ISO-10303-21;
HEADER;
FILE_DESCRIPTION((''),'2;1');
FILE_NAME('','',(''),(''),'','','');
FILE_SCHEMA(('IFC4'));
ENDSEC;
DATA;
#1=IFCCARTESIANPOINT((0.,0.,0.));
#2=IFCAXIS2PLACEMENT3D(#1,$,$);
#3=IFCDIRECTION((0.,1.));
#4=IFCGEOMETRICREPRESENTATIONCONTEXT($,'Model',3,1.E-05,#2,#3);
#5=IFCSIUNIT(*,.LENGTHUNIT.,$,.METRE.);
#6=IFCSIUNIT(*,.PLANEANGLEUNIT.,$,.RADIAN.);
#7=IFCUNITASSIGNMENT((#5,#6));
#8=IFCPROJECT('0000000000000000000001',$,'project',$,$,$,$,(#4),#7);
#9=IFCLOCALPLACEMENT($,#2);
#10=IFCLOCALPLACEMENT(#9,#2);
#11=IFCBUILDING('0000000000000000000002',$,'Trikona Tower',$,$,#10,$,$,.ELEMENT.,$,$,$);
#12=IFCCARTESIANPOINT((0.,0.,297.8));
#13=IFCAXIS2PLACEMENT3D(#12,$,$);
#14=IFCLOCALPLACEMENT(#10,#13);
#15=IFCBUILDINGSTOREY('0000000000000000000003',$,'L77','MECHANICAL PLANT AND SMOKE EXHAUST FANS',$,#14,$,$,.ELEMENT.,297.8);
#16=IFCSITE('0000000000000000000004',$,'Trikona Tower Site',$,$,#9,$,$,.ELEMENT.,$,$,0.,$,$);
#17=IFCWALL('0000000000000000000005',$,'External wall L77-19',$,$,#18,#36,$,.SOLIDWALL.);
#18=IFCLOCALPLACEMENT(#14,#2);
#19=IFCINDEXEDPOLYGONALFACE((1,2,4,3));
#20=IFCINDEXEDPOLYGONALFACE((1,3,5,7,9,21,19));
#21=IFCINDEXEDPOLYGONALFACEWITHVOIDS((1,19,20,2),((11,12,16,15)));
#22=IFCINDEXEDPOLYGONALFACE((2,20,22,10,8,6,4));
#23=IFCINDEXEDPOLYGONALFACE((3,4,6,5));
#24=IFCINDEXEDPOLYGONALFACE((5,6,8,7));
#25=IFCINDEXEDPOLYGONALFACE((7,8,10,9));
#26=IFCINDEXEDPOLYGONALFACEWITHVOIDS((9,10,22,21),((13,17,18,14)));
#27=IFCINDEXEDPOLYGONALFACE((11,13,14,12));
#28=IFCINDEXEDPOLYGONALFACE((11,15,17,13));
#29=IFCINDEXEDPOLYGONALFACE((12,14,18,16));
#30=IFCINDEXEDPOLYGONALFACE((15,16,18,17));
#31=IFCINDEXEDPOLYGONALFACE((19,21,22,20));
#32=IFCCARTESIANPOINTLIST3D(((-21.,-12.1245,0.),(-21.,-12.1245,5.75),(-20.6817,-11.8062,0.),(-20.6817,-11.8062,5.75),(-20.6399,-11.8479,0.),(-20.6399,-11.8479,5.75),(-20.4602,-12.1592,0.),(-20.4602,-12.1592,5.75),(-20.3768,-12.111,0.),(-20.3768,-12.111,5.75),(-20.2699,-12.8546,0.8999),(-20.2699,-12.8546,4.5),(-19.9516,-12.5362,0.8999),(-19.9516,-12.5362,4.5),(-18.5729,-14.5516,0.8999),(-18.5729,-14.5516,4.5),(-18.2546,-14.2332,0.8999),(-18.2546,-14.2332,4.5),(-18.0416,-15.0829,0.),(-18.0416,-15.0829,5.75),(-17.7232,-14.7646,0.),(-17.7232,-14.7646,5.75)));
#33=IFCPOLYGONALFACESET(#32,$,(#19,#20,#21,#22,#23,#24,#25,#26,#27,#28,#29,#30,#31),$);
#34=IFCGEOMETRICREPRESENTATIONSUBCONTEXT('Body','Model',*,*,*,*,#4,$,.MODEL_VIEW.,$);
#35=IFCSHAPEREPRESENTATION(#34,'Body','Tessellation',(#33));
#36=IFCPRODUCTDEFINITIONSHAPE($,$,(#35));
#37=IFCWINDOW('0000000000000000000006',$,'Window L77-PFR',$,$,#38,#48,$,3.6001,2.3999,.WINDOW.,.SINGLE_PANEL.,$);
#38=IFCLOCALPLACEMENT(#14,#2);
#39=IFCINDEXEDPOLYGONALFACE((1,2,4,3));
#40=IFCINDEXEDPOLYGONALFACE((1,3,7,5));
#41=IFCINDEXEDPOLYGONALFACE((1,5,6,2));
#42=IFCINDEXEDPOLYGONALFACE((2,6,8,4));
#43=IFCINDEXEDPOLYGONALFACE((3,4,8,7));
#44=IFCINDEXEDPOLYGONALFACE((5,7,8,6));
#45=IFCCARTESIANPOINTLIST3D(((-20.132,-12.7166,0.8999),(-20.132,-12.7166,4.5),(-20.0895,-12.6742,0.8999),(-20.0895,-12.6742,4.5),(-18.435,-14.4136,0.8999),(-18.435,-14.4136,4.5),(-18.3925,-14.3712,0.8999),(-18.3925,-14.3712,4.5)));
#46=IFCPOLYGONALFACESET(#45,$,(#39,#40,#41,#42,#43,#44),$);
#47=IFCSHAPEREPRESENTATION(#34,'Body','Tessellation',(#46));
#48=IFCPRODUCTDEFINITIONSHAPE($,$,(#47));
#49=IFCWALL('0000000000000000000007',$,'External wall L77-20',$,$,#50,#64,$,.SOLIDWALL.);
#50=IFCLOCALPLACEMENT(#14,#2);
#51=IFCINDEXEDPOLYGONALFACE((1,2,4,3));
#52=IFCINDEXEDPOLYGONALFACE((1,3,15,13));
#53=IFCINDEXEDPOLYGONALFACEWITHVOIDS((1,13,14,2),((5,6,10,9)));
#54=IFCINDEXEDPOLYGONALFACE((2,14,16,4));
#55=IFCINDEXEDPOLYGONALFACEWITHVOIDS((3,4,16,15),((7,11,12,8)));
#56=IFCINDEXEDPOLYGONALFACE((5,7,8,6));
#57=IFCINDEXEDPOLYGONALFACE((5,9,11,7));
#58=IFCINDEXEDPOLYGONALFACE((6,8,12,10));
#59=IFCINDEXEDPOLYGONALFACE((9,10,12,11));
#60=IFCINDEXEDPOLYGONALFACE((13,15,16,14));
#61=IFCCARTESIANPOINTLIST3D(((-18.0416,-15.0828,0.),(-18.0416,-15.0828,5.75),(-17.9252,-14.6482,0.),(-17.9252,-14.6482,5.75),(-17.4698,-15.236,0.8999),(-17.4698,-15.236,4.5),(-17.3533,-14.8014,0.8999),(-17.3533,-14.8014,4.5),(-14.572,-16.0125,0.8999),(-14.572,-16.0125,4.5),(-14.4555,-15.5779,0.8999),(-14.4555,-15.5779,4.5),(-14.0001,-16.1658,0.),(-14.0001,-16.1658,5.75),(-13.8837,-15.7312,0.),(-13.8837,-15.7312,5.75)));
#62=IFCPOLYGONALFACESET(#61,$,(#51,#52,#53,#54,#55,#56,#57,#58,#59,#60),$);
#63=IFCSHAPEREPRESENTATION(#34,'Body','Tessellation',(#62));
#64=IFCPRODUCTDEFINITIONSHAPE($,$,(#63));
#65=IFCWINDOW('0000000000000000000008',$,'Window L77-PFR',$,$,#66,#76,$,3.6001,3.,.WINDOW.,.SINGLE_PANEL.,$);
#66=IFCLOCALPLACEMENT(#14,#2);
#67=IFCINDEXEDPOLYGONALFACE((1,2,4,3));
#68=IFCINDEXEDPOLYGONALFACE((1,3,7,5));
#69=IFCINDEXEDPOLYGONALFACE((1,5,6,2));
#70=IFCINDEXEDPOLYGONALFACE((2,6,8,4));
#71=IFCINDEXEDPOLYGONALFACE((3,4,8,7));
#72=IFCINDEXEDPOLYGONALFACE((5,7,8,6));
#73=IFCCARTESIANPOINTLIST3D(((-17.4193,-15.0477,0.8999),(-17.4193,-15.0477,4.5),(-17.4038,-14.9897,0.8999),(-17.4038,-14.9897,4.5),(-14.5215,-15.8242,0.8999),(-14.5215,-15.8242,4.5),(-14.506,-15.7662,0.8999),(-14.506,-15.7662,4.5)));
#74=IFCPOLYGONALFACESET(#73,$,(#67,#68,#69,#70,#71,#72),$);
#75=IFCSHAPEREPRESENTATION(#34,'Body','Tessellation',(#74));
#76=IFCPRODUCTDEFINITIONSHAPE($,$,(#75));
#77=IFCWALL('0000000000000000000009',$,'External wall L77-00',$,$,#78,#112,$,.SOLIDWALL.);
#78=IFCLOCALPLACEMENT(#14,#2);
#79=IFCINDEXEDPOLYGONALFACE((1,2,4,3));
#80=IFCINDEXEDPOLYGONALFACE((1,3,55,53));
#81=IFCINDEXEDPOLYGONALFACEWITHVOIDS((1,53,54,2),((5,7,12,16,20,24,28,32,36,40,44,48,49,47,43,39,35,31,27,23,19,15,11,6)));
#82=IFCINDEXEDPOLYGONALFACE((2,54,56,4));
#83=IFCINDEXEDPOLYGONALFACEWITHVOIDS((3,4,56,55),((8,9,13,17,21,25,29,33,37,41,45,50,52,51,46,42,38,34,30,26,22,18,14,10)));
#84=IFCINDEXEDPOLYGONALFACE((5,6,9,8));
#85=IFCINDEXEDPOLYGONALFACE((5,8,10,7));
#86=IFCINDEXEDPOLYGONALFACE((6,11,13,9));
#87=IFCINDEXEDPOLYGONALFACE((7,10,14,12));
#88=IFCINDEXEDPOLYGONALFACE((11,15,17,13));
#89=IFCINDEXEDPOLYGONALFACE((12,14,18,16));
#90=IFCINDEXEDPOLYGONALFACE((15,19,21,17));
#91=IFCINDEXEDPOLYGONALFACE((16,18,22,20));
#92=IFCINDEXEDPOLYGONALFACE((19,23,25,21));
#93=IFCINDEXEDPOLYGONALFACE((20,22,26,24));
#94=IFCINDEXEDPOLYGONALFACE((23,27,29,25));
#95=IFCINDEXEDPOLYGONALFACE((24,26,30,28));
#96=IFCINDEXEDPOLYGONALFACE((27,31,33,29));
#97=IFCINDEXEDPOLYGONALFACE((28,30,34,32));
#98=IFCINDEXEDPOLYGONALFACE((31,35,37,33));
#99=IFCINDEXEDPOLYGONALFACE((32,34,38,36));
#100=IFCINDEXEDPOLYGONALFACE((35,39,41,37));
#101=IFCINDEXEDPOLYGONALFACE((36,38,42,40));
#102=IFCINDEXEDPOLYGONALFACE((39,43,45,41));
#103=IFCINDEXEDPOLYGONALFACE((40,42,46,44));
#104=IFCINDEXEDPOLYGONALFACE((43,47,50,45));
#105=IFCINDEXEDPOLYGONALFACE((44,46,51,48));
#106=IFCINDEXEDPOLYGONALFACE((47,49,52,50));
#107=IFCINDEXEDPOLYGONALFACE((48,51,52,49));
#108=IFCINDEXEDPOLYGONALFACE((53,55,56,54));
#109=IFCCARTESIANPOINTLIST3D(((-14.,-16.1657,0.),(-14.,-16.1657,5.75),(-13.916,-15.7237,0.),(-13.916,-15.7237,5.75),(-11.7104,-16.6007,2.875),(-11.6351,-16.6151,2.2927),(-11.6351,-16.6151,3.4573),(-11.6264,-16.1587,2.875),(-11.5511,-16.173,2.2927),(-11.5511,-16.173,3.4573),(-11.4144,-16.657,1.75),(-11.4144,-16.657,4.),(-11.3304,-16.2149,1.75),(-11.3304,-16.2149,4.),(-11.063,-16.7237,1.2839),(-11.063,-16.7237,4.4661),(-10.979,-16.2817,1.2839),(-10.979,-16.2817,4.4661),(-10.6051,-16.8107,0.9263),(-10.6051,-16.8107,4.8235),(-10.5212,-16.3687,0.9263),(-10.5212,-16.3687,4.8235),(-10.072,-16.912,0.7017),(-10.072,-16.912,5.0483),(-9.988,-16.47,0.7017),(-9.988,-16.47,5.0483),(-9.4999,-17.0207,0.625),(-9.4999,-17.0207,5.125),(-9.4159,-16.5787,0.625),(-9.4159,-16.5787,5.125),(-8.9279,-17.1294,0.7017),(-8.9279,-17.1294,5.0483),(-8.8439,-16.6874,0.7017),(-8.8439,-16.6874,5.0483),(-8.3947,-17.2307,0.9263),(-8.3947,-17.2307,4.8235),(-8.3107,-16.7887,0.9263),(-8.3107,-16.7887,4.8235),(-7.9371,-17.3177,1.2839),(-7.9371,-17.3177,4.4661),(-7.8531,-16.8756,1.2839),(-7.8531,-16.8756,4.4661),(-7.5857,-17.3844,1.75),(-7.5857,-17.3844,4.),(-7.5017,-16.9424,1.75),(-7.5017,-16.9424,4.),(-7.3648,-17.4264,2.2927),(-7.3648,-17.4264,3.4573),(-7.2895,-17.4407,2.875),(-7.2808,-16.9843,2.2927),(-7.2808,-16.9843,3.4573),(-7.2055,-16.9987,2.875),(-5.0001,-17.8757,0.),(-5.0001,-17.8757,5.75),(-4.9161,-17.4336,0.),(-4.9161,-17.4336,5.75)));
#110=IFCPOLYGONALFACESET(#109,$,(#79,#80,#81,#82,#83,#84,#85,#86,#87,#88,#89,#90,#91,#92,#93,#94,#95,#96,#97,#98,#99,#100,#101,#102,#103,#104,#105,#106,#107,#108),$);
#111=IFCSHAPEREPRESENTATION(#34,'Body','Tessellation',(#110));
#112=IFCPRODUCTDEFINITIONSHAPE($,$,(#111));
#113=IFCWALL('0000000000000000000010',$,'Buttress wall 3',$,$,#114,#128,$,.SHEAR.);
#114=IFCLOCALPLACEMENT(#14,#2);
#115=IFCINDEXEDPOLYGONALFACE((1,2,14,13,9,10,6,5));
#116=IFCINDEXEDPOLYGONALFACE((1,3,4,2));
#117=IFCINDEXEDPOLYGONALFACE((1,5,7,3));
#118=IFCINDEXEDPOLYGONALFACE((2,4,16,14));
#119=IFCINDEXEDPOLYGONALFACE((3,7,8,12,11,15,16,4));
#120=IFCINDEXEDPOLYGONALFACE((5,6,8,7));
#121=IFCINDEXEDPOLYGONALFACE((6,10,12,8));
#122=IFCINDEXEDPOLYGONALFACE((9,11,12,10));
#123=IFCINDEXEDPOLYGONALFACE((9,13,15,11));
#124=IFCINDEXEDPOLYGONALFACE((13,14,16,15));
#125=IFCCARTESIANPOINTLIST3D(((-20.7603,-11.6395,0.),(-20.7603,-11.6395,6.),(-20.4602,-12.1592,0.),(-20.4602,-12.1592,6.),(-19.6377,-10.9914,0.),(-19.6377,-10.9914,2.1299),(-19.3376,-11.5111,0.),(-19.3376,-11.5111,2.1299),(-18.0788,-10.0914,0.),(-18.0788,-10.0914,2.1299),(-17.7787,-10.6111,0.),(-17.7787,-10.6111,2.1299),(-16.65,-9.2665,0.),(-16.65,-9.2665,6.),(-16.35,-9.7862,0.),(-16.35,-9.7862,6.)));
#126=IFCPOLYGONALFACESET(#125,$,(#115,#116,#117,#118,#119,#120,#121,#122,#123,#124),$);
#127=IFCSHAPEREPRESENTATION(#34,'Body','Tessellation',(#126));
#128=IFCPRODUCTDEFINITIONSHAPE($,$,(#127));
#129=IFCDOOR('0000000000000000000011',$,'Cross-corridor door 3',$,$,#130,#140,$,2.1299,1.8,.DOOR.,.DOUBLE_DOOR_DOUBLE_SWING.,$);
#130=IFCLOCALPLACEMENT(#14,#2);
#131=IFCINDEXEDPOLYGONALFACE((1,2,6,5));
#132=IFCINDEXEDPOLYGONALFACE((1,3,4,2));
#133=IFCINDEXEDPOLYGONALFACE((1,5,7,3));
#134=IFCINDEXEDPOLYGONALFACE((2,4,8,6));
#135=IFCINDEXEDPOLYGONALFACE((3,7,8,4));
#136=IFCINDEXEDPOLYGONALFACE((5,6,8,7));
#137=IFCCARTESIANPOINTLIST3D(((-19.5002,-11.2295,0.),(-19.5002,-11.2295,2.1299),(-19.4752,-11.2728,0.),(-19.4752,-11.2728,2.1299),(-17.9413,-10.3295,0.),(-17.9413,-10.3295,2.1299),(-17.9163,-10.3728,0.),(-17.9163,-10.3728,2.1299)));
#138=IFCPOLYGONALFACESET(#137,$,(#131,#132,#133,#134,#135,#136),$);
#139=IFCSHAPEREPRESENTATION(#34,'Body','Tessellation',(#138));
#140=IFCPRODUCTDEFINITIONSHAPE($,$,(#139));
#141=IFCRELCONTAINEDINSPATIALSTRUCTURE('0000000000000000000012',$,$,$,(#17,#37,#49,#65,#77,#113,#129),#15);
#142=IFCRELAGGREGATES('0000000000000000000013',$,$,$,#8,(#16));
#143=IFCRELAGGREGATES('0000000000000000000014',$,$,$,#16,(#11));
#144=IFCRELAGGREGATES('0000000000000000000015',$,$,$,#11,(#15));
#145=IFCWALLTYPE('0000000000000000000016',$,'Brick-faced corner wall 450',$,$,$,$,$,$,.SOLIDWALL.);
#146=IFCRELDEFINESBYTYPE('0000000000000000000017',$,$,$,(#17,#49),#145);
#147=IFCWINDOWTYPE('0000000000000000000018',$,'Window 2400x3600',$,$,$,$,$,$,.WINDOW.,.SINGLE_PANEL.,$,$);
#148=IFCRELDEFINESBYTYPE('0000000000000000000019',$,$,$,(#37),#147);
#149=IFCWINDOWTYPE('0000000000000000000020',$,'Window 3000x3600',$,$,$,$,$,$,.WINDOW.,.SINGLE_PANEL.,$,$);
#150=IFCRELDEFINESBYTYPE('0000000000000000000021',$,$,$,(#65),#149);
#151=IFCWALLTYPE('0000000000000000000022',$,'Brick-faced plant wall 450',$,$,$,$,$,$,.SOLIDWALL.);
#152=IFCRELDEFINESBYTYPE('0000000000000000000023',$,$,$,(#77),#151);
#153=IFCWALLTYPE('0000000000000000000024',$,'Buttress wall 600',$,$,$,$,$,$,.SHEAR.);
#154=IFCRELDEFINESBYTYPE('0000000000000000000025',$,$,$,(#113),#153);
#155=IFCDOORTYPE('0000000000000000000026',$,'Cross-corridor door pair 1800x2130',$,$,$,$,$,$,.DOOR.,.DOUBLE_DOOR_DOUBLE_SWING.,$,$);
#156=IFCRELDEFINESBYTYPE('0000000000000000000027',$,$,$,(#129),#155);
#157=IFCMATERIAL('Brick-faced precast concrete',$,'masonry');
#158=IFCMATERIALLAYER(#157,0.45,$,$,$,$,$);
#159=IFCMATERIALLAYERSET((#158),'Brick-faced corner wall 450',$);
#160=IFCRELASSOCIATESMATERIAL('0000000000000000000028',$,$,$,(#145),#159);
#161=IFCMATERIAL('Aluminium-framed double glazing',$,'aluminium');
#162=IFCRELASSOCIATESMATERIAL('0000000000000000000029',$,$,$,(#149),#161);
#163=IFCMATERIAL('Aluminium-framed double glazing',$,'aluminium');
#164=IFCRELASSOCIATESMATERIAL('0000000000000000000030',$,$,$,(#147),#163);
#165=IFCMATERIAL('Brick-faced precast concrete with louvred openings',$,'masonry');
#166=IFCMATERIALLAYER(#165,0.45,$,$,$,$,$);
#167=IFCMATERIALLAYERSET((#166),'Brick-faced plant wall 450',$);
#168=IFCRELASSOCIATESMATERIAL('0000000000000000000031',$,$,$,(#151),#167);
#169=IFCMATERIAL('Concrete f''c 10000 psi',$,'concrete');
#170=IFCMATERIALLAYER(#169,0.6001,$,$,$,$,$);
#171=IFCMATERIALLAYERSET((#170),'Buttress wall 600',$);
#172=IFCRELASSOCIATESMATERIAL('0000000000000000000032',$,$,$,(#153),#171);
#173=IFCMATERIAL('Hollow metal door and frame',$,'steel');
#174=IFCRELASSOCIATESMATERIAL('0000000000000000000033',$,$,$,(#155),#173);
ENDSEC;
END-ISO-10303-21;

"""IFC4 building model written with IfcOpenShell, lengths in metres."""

from ifc_helpers import new_model, si_unit, direction, frame, frame_2d, origin, place, context, subcontext, project, spatial, polyline, rectangle, outline, extrude, material, layer, layer_set, type_object, element, fill, save


model = new_model("IFC4")

# Units and contexts
model_context = context("Model", 3, precision=1e-05, world=origin(), true_north=direction((0.0, 1.0)))
body_context = subcontext(model_context, "Body", "Model", "MODEL_VIEW")
ifc_project = project(units=[si_unit("LENGTHUNIT", "METRE"), si_unit("PLANEANGLEUNIT", "RADIAN")], contexts=[model_context])

# Site, building, storey
site_placement = place(None, origin())
site = spatial("IfcSite", under=ifc_project, at=site_placement, Name="Trikona Tower Site", CompositionType="ELEMENT", RefElevation=0.0)
building_placement = place(site_placement, origin())
building = spatial("IfcBuilding", under=site, at=building_placement, Name="Trikona Tower", CompositionType="ELEMENT")
storey_placement = place(building_placement, frame((0.0, 0.0, 297.8)))
storey = spatial("IfcBuildingStorey", under=building, at=storey_placement, Name="L77", Description="MECHANICAL PLANT AND SMOKE EXHAUST FANS", CompositionType="ELEMENT", Elevation=297.8)

# Walls, openings, windows
ifc_material_1 = material(Name="Brick-faced precast concrete", Category="masonry")
ifc_layer_1 = layer(ifc_material_1, 0.45)
ifc_layer_set_1 = layer_set([ifc_layer_1], Name="Brick-faced corner wall 450")
wall_type_1 = type_object("IfcWallType", Name="Brick-faced corner wall 450", PredefinedType="SOLIDWALL", material=ifc_layer_set_1)
ifc_material_2 = material(Name="Aluminium-framed double glazing", Category="aluminium")
window_type_1 = type_object("IfcWindowType", Name="Window 3000x3600", PartitioningType="SINGLE_PANEL", PredefinedType="WINDOW", material=ifc_material_2)
ifc_material_3 = material(Name="Aluminium-framed double glazing", Category="aluminium")
window_type_2 = type_object("IfcWindowType", Name="Window 2400x3600", PartitioningType="SINGLE_PANEL", PredefinedType="WINDOW", material=ifc_material_3)
wall_1_placement = place(storey_placement, frame((-20.8408, -11.9653, 0.0), z_axis=(0.0, 0.0, 1.0), x_axis=(0.707107, -0.707107, 0.0)))
wall_1 = element("IfcWall", 1, at=wall_1_placement, inside=storey, type_object=wall_type_1, Name="External wall L77-19", PredefinedType="SOLIDWALL", context=body_context, shape_type="SweptSolid", body=[
    extrude(outline(polyline([(4.1838, 0.2251), (0.4312, 0.2251), (0.4062, 0.1321), (0.0591, 0.2251), (0.0, 0.2251), (0.0, -0.2251), (4.1838, -0.2251), (4.1838, 0.2251)])), origin(), (0.0, 0.0, 1.0), 5.75),
])
opening_1_placement = place(wall_1_placement, frame((1.0325, 0.0, 0.8999)))
opening_1 = element("IfcOpeningElement", 2, at=opening_1_placement, cuts=wall_1, PredefinedType="OPENING", context=body_context, shape_type="SweptSolid", body=[
    extrude(rectangle(XDim=2.3999, YDim=3.6001, at=frame_2d((1.2, 1.8))), frame((0.0, 0.2349, 0.0), z_axis=(0.0, -1.0, 0.0), x_axis=(1.0, 0.0, 0.0)), (0.0, 0.0, 1.0), 0.47),
])
window_1_placement = place(opening_1_placement, origin())
window_1 = element("IfcWindow", 3, at=window_1_placement, inside=storey, type_object=window_type_2, Name="Window L77-PFR", OverallHeight=3.6001, OverallWidth=2.3999, PartitioningType="SINGLE_PANEL", PredefinedType="WINDOW", context=body_context, shape_type="SweptSolid", body=[
    extrude(rectangle(XDim=2.3999, YDim=3.6001, at=frame_2d((1.2, 1.8))), frame((0.0, 0.03, 0.0), z_axis=(0.0, -1.0, 0.0), x_axis=(1.0, 0.0, 0.0)), (0.0, 0.0, 1.0), 0.0601),
])
fill(opening_1, window_1)
wall_2_placement = place(storey_placement, frame((-17.9834, -14.8655, 0.0), z_axis=(0.0, 0.0, 1.0), x_axis=(0.96592, -0.258839, 0.0)))
wall_2 = element("IfcWall", 4, at=wall_2_placement, inside=storey, type_object=wall_type_1, Name="External wall L77-20", PredefinedType="SOLIDWALL", context=body_context, shape_type="SweptSolid", body=[
    extrude(rectangle(XDim=4.1841, YDim=0.45, at=frame_2d((2.092, 0.0))), origin(), (0.0, 0.0, 1.0), 5.75),
])
opening_2_placement = place(wall_2_placement, frame((0.592, 0.0, 0.8999)))
opening_2 = element("IfcOpeningElement", 5, at=opening_2_placement, cuts=wall_2, PredefinedType="OPENING", context=body_context, shape_type="SweptSolid", body=[
    extrude(rectangle(XDim=3.0, YDim=3.6001, at=frame_2d((1.5, 1.8))), frame((0.0, 0.2349, 0.0), z_axis=(0.0, -1.0, 0.0), x_axis=(1.0, 0.0, 0.0)), (0.0, 0.0, 1.0), 0.47),
])
window_2_placement = place(opening_2_placement, origin())
window_2 = element("IfcWindow", 6, at=window_2_placement, inside=storey, type_object=window_type_1, Name="Window L77-PFR", OverallHeight=3.6001, OverallWidth=3.0, PartitioningType="SINGLE_PANEL", PredefinedType="WINDOW", context=body_context, shape_type="SweptSolid", body=[
    extrude(rectangle(XDim=3.0, YDim=3.6001, at=frame_2d((1.5, 1.8))), frame((0.0, 0.03, 0.0), z_axis=(0.0, -1.0, 0.0), x_axis=(1.0, 0.0, 0.0)), (0.0, 0.0, 1.0), 0.0601),
])
fill(opening_2, window_2)

# Wall
ifc_material_4 = material(Name="Brick-faced precast concrete with louvred openings", Category="masonry")
ifc_layer_2 = layer(ifc_material_4, 0.45)
ifc_layer_set_2 = layer_set([ifc_layer_2], Name="Brick-faced plant wall 450")
wall_type_2 = type_object("IfcWallType", Name="Brick-faced plant wall 450", PredefinedType="SOLIDWALL", material=ifc_layer_set_2)
wall_3_placement = place(storey_placement, frame((-13.958, -15.9448, 0.0), z_axis=(0.0, 0.0, 1.0), x_axis=(0.982425, -0.186657, 0.0)))
element("IfcWall", 7, at=wall_3_placement, inside=storey, type_object=wall_type_2, Name="External wall L77-00", PredefinedType="SOLIDWALL", context=body_context, shape_type="SweptSolid", body=[
    extrude(outline(polyline([(0.0, 0.0), (9.1609, 0.0), (9.1609, 5.75), (0.0, 5.75), (0.0, 0.0)]), holes=[polyline([(6.8306, 2.875), (6.7539, 3.4573), (6.5291, 4.0), (6.1714, 4.4661), (5.7056, 4.8235), (5.1628, 5.0483), (4.5806, 5.125), (3.9983, 5.0483), (3.4556, 4.8235), (2.9895, 4.4661), (2.6318, 4.0), (2.4072, 3.4573), (2.3306, 2.875), (2.4072, 2.2927), (2.6318, 1.75), (2.9895, 1.2839), (3.4556, 0.9263), (3.9983, 0.7017), (4.5806, 0.625), (5.1628, 0.7017), (5.7056, 0.9263), (6.1714, 1.2839), (6.5291, 1.75), (6.7539, 2.2927), (6.8306, 2.875)])]), frame((0.0, 0.2251, 0.0), z_axis=(0.0, -1.0, 0.0), x_axis=(1.0, 0.0, 0.0)), (0.0, 0.0, 1.0), 0.45),
])

# Wall, opening, door
ifc_material_5 = material(Name="Concrete f'c 10000 psi", Category="concrete")
ifc_layer_3 = layer(ifc_material_5, 0.6001)
ifc_layer_set_3 = layer_set([ifc_layer_3], Name="Buttress wall 600")
wall_type_3 = type_object("IfcWallType", Name="Buttress wall 600", PredefinedType="SHEAR", material=ifc_layer_set_3)
wall_4_placement = place(storey_placement, frame((-16.5, -9.5264, 0.0), z_axis=(0.0, 0.0, 1.0), x_axis=(-0.866031, -0.49999, 0.0)))
wall_4 = element("IfcWall", 8, at=wall_4_placement, inside=storey, type_object=wall_type_3, Name="Buttress wall 3", PredefinedType="SHEAR", context=body_context, shape_type="SweptSolid", body=[
    extrude(rectangle(XDim=4.7461, YDim=0.6001, at=frame_2d((2.373, 0.0))), origin(), (0.0, 0.0, 1.0), 6.0),
])
opening_3_placement = place(wall_4_placement, frame((1.6499, 0.0, 0.0)))
opening_3 = element("IfcOpeningElement", 9, at=opening_3_placement, cuts=wall_4, PredefinedType="OPENING", context=body_context, shape_type="SweptSolid", body=[
    extrude(rectangle(XDim=1.8, YDim=2.1299, at=frame_2d((0.8999, 1.0649))), frame((0.0, 0.3101, 0.0), z_axis=(0.0, -1.0, 0.0), x_axis=(1.0, 0.0, 0.0)), (0.0, 0.0, 1.0), 0.6201),
])
ifc_material_6 = material(Name="Hollow metal door and frame", Category="steel")
door_type_1 = type_object("IfcDoorType", Name="Cross-corridor door pair 1800x2130", OperationType="DOUBLE_DOOR_DOUBLE_SWING", PredefinedType="DOOR", material=ifc_material_6)
door_1_placement = place(opening_3_placement, origin())
door_1 = element("IfcDoor", 10, at=door_1_placement, inside=storey, type_object=door_type_1, Name="Cross-corridor door 3", OperationType="DOUBLE_DOOR_DOUBLE_SWING", OverallHeight=2.1299, OverallWidth=1.8, PredefinedType="DOOR", context=body_context, shape_type="SweptSolid", body=[
    extrude(rectangle(XDim=1.8, YDim=2.1299, at=frame_2d((0.8999, 1.0649))), frame((0.0, 0.0249, 0.0), z_axis=(0.0, -1.0, 0.0), x_axis=(1.0, 0.0, 0.0)), (0.0, 0.0, 1.0), 0.05),
])
fill(opening_3, door_1)

save(model, "model.ifc")
